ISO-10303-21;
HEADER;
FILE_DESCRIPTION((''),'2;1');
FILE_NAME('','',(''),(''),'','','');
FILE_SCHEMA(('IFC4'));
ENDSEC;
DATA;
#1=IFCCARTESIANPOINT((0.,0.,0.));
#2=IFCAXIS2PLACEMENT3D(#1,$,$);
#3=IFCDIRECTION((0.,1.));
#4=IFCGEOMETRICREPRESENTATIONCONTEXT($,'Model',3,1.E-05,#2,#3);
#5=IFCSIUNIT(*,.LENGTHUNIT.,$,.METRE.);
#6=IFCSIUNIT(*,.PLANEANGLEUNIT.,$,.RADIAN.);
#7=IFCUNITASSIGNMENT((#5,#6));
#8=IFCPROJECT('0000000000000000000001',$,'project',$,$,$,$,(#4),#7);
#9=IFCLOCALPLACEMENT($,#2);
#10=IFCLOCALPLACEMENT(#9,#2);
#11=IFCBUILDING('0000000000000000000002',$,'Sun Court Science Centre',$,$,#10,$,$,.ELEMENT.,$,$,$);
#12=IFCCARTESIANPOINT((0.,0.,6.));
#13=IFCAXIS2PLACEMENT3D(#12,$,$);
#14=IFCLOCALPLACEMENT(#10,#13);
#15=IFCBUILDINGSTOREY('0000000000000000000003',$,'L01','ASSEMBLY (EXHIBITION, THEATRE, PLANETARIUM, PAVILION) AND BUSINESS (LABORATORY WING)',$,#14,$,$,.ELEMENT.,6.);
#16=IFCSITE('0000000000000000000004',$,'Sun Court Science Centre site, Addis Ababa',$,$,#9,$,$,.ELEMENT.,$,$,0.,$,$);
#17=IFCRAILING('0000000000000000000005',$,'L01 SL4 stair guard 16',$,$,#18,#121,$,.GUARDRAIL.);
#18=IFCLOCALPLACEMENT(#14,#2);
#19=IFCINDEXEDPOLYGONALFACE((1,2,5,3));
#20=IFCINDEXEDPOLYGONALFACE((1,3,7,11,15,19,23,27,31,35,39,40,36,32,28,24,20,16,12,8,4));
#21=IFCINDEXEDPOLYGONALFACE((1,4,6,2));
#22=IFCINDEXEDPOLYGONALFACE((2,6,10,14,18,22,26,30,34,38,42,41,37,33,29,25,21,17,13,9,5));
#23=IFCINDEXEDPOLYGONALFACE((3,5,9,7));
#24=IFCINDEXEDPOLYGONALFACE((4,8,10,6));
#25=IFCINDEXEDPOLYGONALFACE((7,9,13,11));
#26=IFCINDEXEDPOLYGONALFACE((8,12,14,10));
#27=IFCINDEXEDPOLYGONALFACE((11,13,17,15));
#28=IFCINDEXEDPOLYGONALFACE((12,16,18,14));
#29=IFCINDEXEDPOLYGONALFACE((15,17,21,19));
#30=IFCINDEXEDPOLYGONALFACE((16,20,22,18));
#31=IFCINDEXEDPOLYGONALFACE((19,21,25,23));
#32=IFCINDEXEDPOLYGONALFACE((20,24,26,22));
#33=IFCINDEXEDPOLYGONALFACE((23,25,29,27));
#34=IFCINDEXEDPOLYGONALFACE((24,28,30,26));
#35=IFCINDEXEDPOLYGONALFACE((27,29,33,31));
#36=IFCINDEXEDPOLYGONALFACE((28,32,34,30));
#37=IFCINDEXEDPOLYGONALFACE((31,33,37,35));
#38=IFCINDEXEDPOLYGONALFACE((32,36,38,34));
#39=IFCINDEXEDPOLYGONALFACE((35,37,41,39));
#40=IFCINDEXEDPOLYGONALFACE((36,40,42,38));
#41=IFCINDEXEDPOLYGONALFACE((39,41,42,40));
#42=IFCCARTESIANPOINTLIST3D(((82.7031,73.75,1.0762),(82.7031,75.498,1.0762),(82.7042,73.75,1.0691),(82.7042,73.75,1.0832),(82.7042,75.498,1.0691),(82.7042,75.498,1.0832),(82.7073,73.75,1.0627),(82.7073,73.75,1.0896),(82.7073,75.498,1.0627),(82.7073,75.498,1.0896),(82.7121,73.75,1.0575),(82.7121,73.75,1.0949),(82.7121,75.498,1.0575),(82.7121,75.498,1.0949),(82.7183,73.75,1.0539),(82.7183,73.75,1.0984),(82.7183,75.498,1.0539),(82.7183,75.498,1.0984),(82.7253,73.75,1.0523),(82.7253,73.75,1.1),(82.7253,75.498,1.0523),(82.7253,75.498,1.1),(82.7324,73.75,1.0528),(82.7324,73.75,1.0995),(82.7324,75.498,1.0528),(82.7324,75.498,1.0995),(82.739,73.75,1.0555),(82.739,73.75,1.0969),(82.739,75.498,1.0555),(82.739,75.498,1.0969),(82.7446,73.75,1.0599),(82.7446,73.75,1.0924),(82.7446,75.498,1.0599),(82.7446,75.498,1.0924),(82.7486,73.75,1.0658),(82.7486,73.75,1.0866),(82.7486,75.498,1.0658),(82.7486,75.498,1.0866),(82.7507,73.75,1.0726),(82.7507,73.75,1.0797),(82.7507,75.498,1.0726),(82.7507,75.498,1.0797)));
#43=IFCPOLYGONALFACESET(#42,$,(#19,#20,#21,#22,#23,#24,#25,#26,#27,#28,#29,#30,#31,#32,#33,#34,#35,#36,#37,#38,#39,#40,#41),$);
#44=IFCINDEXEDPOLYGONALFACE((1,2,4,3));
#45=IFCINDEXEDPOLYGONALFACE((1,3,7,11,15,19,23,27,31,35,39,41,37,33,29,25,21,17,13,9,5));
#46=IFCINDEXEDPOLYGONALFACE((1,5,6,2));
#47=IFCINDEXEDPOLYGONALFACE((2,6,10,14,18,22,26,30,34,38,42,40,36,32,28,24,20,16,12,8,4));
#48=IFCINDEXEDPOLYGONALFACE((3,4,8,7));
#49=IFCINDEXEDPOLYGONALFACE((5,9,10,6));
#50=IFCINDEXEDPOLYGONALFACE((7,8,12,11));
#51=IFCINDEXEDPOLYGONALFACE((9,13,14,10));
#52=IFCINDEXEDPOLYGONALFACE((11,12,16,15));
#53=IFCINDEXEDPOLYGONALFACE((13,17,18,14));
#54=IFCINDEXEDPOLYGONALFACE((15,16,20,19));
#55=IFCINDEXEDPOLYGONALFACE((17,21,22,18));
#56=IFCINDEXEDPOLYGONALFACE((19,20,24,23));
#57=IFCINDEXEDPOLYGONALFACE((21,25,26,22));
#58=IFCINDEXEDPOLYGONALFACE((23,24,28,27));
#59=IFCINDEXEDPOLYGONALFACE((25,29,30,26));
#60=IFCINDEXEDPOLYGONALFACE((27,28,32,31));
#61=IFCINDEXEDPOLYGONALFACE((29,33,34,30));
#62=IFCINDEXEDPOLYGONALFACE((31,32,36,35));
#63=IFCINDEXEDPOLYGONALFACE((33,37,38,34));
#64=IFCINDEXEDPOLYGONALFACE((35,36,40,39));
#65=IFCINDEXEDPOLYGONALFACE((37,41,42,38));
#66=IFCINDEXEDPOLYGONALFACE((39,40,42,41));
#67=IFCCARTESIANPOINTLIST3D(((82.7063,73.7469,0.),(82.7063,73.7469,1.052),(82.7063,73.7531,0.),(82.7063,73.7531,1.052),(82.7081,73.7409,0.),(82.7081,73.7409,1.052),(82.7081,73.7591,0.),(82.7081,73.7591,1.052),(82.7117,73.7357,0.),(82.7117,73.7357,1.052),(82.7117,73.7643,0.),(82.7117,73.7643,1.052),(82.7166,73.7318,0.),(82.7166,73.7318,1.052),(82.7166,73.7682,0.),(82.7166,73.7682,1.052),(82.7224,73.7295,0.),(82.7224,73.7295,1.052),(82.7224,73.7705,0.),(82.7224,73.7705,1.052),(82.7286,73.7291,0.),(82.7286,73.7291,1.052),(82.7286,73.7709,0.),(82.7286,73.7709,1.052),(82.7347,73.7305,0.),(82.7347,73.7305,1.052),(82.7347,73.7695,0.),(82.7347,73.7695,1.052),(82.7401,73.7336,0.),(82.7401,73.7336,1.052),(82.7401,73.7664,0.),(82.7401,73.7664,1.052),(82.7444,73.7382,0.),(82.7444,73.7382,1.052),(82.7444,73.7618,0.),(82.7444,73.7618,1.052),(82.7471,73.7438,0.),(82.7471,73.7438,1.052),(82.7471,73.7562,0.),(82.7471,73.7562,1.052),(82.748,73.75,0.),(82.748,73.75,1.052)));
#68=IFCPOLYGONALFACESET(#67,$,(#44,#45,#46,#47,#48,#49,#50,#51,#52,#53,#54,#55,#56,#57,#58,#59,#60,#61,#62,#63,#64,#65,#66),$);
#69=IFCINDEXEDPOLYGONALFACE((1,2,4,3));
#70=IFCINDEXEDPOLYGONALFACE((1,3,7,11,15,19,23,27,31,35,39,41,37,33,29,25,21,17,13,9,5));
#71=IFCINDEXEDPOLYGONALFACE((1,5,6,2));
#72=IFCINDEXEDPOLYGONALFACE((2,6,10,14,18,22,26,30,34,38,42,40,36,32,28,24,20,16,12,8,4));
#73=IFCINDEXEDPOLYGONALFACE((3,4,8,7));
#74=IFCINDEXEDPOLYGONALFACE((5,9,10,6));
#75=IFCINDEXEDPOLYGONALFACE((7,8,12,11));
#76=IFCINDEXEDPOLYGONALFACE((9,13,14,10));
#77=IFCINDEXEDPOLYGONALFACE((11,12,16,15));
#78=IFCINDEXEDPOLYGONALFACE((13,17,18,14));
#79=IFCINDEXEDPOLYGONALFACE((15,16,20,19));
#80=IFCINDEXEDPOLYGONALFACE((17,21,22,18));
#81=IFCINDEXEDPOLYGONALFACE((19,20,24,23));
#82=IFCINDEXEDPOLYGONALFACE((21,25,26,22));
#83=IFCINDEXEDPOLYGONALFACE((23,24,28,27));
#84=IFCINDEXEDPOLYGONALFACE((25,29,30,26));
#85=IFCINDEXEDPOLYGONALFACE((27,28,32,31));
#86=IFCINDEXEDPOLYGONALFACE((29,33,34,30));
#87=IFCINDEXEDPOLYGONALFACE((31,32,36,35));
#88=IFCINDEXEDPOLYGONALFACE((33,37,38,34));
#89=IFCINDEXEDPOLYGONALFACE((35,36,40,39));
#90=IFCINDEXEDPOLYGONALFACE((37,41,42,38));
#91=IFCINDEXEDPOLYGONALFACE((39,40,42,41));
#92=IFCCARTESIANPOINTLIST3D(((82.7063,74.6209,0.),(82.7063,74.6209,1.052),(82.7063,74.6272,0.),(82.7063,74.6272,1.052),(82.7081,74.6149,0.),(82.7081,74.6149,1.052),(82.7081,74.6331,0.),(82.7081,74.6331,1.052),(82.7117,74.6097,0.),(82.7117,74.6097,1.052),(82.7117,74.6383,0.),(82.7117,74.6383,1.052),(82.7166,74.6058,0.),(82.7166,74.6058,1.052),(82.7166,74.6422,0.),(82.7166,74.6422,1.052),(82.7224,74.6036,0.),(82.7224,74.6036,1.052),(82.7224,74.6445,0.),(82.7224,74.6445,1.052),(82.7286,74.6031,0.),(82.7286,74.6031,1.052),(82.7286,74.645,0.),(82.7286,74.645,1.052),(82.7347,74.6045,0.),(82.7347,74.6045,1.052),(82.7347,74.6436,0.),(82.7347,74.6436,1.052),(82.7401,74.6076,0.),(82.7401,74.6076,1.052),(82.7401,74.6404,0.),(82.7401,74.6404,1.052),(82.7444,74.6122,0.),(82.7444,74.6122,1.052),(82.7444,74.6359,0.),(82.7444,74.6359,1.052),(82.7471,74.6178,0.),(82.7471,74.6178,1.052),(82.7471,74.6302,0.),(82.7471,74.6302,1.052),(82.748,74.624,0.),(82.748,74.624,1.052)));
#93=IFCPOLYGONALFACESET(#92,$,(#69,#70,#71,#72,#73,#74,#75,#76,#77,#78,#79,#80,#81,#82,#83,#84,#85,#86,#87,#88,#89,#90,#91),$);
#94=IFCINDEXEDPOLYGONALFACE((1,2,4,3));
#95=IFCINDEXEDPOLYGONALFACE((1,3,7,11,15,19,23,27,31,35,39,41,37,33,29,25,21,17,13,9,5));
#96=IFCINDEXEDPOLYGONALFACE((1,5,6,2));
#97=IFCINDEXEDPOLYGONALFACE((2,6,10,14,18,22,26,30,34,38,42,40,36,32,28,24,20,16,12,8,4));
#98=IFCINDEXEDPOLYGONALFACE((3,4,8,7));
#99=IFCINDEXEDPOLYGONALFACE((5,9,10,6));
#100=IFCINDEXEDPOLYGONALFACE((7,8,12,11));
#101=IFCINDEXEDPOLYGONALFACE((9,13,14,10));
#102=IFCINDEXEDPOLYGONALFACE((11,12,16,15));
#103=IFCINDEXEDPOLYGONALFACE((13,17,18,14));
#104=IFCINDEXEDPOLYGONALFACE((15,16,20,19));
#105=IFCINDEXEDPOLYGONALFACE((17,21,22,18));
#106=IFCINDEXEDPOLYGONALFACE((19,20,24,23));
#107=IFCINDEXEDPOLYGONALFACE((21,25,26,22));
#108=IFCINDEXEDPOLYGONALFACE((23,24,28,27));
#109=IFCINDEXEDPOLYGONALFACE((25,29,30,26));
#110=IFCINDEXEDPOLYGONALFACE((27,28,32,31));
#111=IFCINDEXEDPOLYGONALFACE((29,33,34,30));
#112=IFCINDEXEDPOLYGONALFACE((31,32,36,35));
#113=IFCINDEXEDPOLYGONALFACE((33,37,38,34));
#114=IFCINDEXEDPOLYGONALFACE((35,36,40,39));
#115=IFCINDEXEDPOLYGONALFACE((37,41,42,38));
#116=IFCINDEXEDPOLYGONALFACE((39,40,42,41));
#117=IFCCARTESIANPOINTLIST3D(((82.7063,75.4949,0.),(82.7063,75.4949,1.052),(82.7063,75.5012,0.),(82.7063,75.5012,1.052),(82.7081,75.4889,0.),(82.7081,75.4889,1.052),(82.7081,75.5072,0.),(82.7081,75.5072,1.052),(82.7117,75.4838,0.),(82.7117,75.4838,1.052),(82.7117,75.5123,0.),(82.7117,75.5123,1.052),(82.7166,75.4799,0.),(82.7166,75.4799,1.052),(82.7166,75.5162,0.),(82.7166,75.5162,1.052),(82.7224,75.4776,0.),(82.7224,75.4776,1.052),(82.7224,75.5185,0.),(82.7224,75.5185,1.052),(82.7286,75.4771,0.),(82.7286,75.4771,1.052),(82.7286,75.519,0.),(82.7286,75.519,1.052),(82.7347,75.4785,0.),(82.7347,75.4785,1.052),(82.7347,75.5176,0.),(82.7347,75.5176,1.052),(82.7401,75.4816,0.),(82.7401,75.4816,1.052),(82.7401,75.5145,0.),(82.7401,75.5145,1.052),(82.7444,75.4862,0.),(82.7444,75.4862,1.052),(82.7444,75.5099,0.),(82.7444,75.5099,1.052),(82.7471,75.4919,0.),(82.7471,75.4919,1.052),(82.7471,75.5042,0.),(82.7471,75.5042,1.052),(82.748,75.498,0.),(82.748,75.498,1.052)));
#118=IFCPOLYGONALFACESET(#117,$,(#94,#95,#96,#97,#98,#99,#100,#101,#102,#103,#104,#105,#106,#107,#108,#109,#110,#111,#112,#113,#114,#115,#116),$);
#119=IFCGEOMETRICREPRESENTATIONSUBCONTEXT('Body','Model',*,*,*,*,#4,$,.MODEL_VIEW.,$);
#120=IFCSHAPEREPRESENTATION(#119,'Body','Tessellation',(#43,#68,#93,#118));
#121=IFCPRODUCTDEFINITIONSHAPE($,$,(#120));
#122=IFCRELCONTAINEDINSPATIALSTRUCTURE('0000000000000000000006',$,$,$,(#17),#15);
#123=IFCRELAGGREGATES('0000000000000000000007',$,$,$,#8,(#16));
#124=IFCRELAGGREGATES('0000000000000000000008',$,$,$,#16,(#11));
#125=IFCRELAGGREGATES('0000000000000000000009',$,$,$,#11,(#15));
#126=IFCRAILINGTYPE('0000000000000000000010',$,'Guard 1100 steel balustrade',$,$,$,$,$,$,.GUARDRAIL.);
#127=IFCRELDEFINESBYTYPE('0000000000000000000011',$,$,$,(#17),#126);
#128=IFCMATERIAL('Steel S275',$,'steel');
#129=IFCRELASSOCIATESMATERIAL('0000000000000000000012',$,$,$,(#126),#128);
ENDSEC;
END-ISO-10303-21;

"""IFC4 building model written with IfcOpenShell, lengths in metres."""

from ifc_helpers import new_model, si_unit, direction, frame, origin, origin_2d, place, context, subcontext, project, spatial, circle, extrude, material, type_object, element, save


model = new_model("IFC4")

# Units and contexts
model_context = context("Model", 3, precision=1e-05, world=origin(), true_north=direction((0.0, 1.0)))
body_context = subcontext(model_context, "Body", "Model", "MODEL_VIEW")
ifc_project = project(units=[si_unit("LENGTHUNIT", "METRE"), si_unit("PLANEANGLEUNIT", "RADIAN")], contexts=[model_context])

# Site, building, storey
site_placement = place(None, origin())
site = spatial("IfcSite", under=ifc_project, at=site_placement, Name="Sun Court Science Centre site, Addis Ababa", CompositionType="ELEMENT", RefElevation=0.0)
building_placement = place(site_placement, origin())
building = spatial("IfcBuilding", under=site, at=building_placement, Name="Sun Court Science Centre", CompositionType="ELEMENT")
storey_placement = place(building_placement, frame((0.0, 0.0, 6.0)))
storey = spatial("IfcBuildingStorey", under=building, at=storey_placement, Name="L01", Description="ASSEMBLY (EXHIBITION, THEATRE, PLANETARIUM, PAVILION) AND BUSINESS (LABORATORY WING)", CompositionType="ELEMENT", Elevation=6.0)

# Railing
ifc_material_1 = material(Name="Steel S275", Category="steel")
railing_type = type_object("IfcRailingType", Name="Guard 1100 steel balustrade", PredefinedType="GUARDRAIL", material=ifc_material_1)
for number, where, name in (
    (1, (82.7271, 73.75, 0.0), "L01 SL4 stair guard 16"),
):
    element("IfcRailing", number, at=place(storey_placement, frame(where)), inside=storey, type_object=railing_type, Name=name, PredefinedType="GUARDRAIL", context=body_context, shape_type="SweptSolid", body=[
        extrude(circle(Radius=0.0239, at=origin_2d()), frame((0.0, 0.0, 1.0762), z_axis=(0.0, 1.0, 0.0), x_axis=(-1.0, 0.0, 0.0)), (0.0, 0.0, 1.0), 1.748),
        extrude(circle(Radius=0.021, at=origin_2d()), origin(), (0.0, 0.0, 1.0), 1.052),
        extrude(circle(Radius=0.021, at=origin_2d()), frame((0.0, 0.874, 0.0)), (0.0, 0.0, 1.0), 1.052),
        extrude(circle(Radius=0.021, at=origin_2d()), frame((0.0, 1.748, 0.0)), (0.0, 0.0, 1.0), 1.052),
    ])

save(model, "model.ifc")
